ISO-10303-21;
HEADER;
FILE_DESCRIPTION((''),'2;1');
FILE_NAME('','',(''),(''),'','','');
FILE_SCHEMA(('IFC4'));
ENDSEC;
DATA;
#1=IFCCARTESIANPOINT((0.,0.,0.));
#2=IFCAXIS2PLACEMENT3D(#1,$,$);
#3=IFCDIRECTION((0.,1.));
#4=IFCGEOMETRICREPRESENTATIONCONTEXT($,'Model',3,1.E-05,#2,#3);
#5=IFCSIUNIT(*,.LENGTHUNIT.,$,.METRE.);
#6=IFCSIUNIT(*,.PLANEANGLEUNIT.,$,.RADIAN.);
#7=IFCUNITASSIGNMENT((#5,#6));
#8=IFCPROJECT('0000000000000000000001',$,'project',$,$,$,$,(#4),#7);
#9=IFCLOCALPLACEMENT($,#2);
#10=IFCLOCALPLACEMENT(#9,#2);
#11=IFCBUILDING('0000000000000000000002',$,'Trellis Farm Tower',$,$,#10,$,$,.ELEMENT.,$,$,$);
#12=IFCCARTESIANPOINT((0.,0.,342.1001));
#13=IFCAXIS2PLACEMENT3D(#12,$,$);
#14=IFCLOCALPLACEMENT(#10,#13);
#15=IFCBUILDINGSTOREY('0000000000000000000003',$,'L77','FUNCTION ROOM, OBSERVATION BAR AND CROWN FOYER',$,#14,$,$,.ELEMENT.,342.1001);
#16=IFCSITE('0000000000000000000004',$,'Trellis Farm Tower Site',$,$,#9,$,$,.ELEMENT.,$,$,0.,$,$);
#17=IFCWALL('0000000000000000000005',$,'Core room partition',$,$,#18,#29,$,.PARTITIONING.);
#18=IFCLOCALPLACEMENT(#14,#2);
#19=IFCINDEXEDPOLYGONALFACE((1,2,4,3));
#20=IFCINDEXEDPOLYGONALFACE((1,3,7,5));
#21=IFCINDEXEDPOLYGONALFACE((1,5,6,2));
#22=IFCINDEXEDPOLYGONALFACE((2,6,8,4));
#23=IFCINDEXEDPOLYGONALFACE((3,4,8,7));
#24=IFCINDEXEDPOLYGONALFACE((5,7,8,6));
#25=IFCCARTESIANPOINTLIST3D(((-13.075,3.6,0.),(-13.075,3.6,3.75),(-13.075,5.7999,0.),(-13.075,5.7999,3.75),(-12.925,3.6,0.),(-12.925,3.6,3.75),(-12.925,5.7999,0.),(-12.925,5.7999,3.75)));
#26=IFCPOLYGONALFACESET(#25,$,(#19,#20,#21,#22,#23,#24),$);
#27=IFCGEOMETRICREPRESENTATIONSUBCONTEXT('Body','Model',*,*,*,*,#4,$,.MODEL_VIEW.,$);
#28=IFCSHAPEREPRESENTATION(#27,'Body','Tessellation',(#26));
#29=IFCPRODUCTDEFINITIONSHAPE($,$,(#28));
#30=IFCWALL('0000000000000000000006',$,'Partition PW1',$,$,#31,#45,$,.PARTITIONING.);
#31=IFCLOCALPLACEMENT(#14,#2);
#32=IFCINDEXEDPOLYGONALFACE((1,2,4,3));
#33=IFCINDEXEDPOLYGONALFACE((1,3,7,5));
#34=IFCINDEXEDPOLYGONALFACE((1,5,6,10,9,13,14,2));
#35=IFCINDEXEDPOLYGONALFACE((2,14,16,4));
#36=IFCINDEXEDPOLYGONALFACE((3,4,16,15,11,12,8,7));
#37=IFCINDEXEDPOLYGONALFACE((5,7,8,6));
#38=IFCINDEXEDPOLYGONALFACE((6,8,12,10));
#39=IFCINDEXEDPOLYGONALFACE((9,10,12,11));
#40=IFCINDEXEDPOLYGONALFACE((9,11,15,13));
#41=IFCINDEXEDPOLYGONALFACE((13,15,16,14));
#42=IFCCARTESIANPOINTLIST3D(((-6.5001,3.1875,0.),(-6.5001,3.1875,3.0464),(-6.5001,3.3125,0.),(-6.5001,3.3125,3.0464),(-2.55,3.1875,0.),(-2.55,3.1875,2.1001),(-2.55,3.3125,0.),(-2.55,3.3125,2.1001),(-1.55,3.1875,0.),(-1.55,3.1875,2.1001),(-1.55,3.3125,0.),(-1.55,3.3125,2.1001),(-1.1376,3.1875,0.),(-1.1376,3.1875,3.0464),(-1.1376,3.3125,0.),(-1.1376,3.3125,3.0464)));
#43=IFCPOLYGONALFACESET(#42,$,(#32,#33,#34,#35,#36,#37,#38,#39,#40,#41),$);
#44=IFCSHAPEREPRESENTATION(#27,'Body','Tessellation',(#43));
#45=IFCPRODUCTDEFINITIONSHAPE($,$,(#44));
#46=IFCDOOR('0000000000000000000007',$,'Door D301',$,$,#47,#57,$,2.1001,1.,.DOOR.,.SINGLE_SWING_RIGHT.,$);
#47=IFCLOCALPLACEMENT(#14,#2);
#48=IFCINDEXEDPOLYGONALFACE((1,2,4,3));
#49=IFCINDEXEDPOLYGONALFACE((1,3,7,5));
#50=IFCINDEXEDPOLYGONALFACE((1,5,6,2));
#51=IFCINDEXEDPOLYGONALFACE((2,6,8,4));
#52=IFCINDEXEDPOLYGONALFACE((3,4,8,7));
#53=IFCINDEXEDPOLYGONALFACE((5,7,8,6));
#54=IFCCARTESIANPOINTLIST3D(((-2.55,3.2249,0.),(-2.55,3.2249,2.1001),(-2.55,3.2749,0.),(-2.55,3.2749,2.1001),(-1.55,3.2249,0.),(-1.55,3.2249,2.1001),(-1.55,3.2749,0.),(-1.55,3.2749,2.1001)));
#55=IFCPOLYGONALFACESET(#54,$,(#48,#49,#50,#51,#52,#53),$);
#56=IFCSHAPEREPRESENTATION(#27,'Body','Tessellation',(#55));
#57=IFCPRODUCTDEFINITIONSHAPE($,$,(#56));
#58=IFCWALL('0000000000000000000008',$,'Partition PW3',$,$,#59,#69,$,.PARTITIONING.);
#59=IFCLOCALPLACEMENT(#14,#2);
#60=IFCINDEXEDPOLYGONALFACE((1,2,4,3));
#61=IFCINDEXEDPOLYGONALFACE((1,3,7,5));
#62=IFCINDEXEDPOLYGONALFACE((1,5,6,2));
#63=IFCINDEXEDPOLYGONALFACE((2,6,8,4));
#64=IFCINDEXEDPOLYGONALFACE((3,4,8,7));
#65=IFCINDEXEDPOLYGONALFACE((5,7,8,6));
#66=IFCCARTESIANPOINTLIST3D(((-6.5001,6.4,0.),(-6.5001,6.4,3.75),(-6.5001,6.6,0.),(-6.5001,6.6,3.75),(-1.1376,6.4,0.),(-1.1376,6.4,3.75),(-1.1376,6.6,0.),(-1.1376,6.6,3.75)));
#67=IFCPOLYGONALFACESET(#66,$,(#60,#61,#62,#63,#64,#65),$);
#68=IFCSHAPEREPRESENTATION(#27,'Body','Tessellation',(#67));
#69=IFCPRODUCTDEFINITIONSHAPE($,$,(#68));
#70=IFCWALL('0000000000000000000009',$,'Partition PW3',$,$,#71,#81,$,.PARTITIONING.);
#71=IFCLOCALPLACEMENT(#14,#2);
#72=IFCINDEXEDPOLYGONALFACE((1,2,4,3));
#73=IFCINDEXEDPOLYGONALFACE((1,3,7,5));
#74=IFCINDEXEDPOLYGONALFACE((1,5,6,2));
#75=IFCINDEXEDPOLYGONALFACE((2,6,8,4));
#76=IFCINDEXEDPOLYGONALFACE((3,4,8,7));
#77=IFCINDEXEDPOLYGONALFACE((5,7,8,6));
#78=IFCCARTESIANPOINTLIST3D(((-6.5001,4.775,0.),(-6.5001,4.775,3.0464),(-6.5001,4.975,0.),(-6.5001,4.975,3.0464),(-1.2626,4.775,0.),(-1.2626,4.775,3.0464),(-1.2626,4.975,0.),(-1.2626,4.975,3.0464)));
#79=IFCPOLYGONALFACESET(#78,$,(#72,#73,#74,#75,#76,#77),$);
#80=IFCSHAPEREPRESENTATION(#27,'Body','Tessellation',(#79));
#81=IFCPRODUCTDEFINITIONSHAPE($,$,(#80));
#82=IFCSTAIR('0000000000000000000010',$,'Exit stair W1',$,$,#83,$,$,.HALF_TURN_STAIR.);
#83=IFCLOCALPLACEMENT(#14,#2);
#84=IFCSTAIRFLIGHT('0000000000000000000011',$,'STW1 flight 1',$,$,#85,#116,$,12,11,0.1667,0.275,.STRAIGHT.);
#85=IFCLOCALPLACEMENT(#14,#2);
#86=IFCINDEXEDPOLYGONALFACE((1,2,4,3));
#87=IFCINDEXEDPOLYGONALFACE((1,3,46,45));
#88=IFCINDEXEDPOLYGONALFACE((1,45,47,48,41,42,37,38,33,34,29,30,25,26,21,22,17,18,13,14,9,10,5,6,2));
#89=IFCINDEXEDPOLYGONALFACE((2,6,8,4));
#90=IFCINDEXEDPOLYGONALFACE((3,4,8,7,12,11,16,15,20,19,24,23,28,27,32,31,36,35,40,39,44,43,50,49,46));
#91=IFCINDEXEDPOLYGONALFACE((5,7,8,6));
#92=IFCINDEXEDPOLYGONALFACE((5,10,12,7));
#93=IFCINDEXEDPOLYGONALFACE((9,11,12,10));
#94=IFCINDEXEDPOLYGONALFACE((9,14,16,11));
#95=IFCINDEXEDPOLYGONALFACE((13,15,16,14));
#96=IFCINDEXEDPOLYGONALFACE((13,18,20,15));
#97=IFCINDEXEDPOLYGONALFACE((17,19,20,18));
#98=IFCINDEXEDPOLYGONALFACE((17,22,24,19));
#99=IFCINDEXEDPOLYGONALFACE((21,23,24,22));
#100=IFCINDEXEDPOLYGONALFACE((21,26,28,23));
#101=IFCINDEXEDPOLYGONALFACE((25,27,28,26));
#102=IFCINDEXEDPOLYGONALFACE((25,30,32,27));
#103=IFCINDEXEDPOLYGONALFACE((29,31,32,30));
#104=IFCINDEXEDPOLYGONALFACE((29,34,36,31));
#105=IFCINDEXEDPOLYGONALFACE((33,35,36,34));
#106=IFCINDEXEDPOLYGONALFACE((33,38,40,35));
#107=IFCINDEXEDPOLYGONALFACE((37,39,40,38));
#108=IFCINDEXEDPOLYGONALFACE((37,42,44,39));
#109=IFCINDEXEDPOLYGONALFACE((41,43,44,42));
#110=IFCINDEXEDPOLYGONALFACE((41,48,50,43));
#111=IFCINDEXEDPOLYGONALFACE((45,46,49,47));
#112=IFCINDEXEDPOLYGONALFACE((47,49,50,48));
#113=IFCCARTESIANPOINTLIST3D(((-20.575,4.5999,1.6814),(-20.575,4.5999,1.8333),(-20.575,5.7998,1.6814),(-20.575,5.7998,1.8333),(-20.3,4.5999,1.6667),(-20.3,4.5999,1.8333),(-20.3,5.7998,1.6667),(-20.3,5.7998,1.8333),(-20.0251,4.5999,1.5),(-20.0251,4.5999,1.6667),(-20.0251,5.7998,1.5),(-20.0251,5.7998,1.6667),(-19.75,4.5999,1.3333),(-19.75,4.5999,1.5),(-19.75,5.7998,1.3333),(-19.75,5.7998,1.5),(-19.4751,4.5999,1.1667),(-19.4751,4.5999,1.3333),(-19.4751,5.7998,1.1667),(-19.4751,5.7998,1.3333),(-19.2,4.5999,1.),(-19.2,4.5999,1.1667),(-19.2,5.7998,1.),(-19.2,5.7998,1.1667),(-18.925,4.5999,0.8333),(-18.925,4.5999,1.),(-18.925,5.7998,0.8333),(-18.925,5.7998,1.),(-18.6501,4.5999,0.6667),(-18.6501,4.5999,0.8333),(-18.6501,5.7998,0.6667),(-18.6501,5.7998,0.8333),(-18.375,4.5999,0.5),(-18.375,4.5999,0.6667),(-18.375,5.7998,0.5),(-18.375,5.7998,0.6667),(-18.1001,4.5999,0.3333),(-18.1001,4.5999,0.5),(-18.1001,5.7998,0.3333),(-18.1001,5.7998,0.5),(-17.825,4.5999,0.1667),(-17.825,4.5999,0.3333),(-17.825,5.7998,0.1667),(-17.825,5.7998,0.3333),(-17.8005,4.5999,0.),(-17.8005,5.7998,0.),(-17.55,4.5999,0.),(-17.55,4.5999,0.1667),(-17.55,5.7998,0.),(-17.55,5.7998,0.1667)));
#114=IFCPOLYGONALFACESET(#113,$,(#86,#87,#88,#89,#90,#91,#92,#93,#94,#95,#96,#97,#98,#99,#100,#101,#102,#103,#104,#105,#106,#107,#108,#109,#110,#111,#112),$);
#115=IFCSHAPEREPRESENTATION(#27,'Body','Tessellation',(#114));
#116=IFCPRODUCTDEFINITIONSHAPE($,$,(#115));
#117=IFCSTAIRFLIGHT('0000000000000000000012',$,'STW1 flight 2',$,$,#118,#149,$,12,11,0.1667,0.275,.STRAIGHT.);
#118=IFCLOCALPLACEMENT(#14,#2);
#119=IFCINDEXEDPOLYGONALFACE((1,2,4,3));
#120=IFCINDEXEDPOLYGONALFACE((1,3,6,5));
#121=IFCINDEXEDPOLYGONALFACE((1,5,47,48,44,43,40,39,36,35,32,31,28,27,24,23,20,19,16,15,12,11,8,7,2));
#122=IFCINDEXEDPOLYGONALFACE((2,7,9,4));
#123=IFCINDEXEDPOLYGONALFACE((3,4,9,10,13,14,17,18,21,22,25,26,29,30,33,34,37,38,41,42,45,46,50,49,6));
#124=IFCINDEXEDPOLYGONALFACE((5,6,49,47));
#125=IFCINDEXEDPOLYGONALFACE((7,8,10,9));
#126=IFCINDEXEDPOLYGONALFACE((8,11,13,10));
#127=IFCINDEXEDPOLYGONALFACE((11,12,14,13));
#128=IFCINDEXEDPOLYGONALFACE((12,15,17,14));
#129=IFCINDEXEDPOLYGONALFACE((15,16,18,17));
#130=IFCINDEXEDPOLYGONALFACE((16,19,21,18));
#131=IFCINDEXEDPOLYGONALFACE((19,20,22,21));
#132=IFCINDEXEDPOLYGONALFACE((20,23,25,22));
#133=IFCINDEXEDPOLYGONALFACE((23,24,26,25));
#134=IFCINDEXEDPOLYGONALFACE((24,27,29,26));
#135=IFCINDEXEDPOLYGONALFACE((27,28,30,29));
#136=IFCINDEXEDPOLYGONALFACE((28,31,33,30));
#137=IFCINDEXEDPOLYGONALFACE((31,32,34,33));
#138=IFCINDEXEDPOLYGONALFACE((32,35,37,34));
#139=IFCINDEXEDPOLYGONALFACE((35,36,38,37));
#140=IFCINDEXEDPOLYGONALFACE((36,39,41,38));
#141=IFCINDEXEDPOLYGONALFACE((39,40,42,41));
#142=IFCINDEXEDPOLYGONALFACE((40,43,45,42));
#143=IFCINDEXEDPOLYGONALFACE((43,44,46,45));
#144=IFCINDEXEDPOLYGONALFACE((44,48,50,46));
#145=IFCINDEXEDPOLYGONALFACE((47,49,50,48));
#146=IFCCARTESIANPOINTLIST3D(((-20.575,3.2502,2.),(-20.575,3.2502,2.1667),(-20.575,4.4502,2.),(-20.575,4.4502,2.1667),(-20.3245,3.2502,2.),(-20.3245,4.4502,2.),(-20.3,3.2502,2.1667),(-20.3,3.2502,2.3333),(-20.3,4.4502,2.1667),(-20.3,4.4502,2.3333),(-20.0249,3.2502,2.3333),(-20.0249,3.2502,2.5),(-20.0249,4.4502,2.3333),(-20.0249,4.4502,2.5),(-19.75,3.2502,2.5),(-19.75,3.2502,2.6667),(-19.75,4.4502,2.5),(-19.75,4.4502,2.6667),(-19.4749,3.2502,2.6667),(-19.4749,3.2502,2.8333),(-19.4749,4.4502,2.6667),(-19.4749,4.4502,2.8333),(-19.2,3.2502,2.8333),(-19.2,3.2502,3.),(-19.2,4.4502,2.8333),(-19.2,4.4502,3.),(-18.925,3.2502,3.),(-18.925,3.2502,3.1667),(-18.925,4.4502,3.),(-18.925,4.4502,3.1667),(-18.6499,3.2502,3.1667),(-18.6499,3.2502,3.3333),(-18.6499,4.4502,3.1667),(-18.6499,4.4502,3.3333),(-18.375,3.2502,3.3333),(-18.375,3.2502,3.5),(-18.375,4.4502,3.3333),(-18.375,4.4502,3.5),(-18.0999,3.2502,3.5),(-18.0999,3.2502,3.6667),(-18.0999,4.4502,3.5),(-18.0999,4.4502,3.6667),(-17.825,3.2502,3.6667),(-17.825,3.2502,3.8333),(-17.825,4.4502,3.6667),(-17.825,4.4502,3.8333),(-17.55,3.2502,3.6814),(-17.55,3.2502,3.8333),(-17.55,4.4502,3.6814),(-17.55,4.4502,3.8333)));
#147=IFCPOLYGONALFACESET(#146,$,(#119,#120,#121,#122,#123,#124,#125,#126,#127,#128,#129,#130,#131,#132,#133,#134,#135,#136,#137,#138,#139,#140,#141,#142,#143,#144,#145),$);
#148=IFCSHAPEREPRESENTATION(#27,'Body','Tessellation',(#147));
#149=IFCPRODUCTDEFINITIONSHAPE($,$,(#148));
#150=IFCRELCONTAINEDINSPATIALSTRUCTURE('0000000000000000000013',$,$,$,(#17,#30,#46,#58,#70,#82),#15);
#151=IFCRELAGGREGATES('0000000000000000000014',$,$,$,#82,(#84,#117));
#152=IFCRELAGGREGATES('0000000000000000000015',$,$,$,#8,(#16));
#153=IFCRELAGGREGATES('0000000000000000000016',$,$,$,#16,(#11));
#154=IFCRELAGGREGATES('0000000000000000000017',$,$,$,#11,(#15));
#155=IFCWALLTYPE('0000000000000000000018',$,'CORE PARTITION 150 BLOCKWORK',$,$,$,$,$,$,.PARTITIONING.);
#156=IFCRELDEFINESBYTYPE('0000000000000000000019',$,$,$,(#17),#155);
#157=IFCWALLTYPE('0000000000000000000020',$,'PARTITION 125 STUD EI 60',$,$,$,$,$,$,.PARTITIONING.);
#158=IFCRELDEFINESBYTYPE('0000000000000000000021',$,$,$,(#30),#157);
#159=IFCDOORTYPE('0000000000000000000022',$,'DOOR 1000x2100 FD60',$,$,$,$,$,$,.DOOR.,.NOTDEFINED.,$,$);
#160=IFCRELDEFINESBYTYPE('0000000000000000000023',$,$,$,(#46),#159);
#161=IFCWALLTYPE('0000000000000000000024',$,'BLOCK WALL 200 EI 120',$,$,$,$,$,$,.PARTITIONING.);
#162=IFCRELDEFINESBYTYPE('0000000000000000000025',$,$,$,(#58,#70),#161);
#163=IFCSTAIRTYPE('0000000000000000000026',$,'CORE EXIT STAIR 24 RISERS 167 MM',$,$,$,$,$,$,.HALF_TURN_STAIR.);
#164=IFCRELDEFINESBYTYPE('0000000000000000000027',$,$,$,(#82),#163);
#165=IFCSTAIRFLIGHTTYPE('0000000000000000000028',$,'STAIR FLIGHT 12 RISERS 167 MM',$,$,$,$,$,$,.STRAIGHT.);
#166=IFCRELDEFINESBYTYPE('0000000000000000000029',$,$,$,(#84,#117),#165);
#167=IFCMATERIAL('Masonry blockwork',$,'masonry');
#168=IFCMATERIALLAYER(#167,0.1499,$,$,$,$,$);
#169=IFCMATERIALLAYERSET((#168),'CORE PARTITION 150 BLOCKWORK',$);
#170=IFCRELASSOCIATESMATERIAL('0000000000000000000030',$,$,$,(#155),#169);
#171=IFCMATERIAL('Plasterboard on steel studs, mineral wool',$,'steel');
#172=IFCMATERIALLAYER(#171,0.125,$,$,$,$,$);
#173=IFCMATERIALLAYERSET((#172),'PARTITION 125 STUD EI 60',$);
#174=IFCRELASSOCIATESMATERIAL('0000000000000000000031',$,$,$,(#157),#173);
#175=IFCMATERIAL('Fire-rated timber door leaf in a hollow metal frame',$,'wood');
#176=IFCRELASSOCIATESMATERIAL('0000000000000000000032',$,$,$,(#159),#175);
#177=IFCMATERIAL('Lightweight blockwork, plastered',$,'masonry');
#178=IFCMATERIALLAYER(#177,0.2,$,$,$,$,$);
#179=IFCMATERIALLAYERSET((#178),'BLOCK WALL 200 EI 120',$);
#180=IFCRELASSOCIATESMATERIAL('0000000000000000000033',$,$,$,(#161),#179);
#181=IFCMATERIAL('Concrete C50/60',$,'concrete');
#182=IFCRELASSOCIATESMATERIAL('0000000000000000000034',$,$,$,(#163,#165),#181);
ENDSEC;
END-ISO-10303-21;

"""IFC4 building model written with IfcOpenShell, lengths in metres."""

from ifc_helpers import new_model, si_unit, direction, frame, frame_2d, origin, place, context, subcontext, project, spatial, polyline, rectangle, outline, extrude, source, transform, mapped, material, layer, layer_set, type_object, element, fill, aggregate, save


model = new_model("IFC4")

# Units and contexts
model_context = context("Model", 3, precision=1e-05, world=origin(), true_north=direction((0.0, 1.0)))
body_context = subcontext(model_context, "Body", "Model", "MODEL_VIEW")
ifc_project = project(units=[si_unit("LENGTHUNIT", "METRE"), si_unit("PLANEANGLEUNIT", "RADIAN")], contexts=[model_context])

# Site, building, storey
site_placement = place(None, origin())
site = spatial("IfcSite", under=ifc_project, at=site_placement, Name="Trellis Farm Tower Site", CompositionType="ELEMENT", RefElevation=0.0)
building_placement = place(site_placement, origin())
building = spatial("IfcBuilding", under=site, at=building_placement, Name="Trellis Farm Tower", CompositionType="ELEMENT")
storey_placement = place(building_placement, frame((0.0, 0.0, 342.1001)))
storey = spatial("IfcBuildingStorey", under=building, at=storey_placement, Name="L77", Description="FUNCTION ROOM, OBSERVATION BAR AND CROWN FOYER", CompositionType="ELEMENT", Elevation=342.1001)

# Shared definitions
ifc_material_1 = material(Name="Concrete C50/60", Category="concrete")

# Shared definitions
placement = place(storey_placement, origin())

# Shared definitions
shared_shape_1 = source(origin(), body_context, "Body", "SweptSolid", [
    extrude(rectangle(XDim=1.0, YDim=2.1001, at=frame_2d((0.5, 1.05))), frame((0.0, 0.0249, 0.0), z_axis=(0.0, -1.0, 0.0), x_axis=(1.0, 0.0, 0.0)), (0.0, 0.0, 1.0), 0.05),
])

# Wall
ifc_material_2 = material(Name="Masonry blockwork", Category="masonry")
ifc_layer_1 = layer(ifc_material_2, 0.1499)
ifc_layer_set_1 = layer_set([ifc_layer_1], Name="CORE PARTITION 150 BLOCKWORK")
wall_type_1 = type_object("IfcWallType", Name="CORE PARTITION 150 BLOCKWORK", PredefinedType="PARTITIONING", material=ifc_layer_set_1)
shared_shape_2 = source(origin(), body_context, "Body", "SweptSolid", [
    extrude(rectangle(XDim=2.2, YDim=0.1499, at=frame_2d((1.1001, 0.0))), origin(), (0.0, 0.0, 1.0), 3.75),
])
wall_1_placement = place(storey_placement, frame((-13.0, 5.8, 0.0), z_axis=(0.0, 0.0, 1.0), x_axis=(0.0, -1.0, 0.0)))
element("IfcWall", 1, at=wall_1_placement, inside=storey, type_object=wall_type_1, Name="Core room partition", PredefinedType="PARTITIONING", context=body_context, shape_type="MappedRepresentation", body=[
    mapped(shared_shape_2, transform((0.0, 0.0, 0.0))),
])

# Wall, opening, door
ifc_material_3 = material(Name="Plasterboard on steel studs, mineral wool", Category="steel")
ifc_layer_2 = layer(ifc_material_3, 0.125)
ifc_layer_set_2 = layer_set([ifc_layer_2], Name="PARTITION 125 STUD EI 60")
wall_type_2 = type_object("IfcWallType", Name="PARTITION 125 STUD EI 60", PredefinedType="PARTITIONING", material=ifc_layer_set_2)
shared_shape_3 = source(origin(), body_context, "Body", "SweptSolid", [
    extrude(rectangle(XDim=5.3625, YDim=0.125, at=frame_2d((2.6812, 0.0))), origin(), (0.0, 0.0, 1.0), 3.0464),
])
wall_2_placement = place(storey_placement, frame((-6.5, 3.25, 0.0), z_axis=(0.0, 0.0, 1.0), x_axis=(1.0, 0.0, 0.0)))
wall_2 = element("IfcWall", 2, at=wall_2_placement, inside=storey, type_object=wall_type_2, Name="Partition PW1", PredefinedType="PARTITIONING", context=body_context, shape_type="MappedRepresentation", body=[
    mapped(shared_shape_3, transform((0.0, 0.0, 0.0))),
])
shared_shape_4 = source(origin(), body_context, "Body", "SweptSolid", [
    extrude(rectangle(XDim=1.0, YDim=2.1001, at=frame_2d((0.5, 1.05))), frame((0.0, 0.0725, 0.0), z_axis=(0.0, -1.0, 0.0), x_axis=(1.0, 0.0, 0.0)), (0.0, 0.0, 1.0), 0.145),
])
opening_1_placement = place(wall_2_placement, frame((3.95, 0.0, 0.0)))
opening_1 = element("IfcOpeningElement", 3, at=opening_1_placement, cuts=wall_2, PredefinedType="OPENING", context=body_context, shape_type="MappedRepresentation", body=[
    mapped(shared_shape_4, transform((0.0, 0.0, 0.0))),
])
ifc_material_4 = material(Name="Fire-rated timber door leaf in a hollow metal frame", Category="wood")
door_type_1 = type_object("IfcDoorType", Name="DOOR 1000x2100 FD60", OperationType="NOTDEFINED", PredefinedType="DOOR", material=ifc_material_4)
door_1_placement = place(opening_1_placement, origin())
door_1 = element("IfcDoor", 4, at=door_1_placement, inside=storey, type_object=door_type_1, Name="Door D301", OperationType="SINGLE_SWING_RIGHT", OverallHeight=2.1001, OverallWidth=1.0, PredefinedType="DOOR", context=body_context, shape_type="MappedRepresentation", body=[
    mapped(shared_shape_1, transform((0.0, 0.0, 0.0))),
])
fill(opening_1, door_1)

# Walls
ifc_material_5 = material(Name="Lightweight blockwork, plastered", Category="masonry")
ifc_layer_3 = layer(ifc_material_5, 0.2)
ifc_layer_set_3 = layer_set([ifc_layer_3], Name="BLOCK WALL 200 EI 120")
wall_type_3 = type_object("IfcWallType", Name="BLOCK WALL 200 EI 120", PredefinedType="PARTITIONING", material=ifc_layer_set_3)
shared_shape_5 = source(origin(), body_context, "Body", "SweptSolid", [
    extrude(rectangle(XDim=5.3625, YDim=0.2, at=frame_2d((2.6812, 0.0))), origin(), (0.0, 0.0, 1.0), 3.75),
])
wall_3_placement = place(storey_placement, frame((-6.5, 6.5, 0.0), z_axis=(0.0, 0.0, 1.0), x_axis=(1.0, 0.0, 0.0)))
element("IfcWall", 5, at=wall_3_placement, inside=storey, type_object=wall_type_3, Name="Partition PW3", PredefinedType="PARTITIONING", context=body_context, shape_type="MappedRepresentation", body=[
    mapped(shared_shape_5, transform((0.0, 0.0, 0.0))),
])
shared_shape_6 = source(origin(), body_context, "Body", "SweptSolid", [
    extrude(rectangle(XDim=5.2375, YDim=0.2, at=frame_2d((2.6187, 0.0))), origin(), (0.0, 0.0, 1.0), 3.0464),
])
wall_4_placement = place(storey_placement, frame((-6.5, 4.875, 0.0), z_axis=(0.0, 0.0, 1.0), x_axis=(1.0, 0.0, 0.0)))
element("IfcWall", 6, at=wall_4_placement, inside=storey, type_object=wall_type_3, Name="Partition PW3", PredefinedType="PARTITIONING", context=body_context, shape_type="MappedRepresentation", body=[
    mapped(shared_shape_6, transform((0.0, 0.0, 0.0))),
])

# Stair, stair flights
stair_type = type_object("IfcStairType", Name="CORE EXIT STAIR 24 RISERS 167 MM", PredefinedType="HALF_TURN_STAIR", material=ifc_material_1)
stair_1 = element("IfcStair", 7, at=placement, inside=storey, type_object=stair_type, Name="Exit stair W1", PredefinedType="HALF_TURN_STAIR")
stair_flight_type = type_object("IfcStairFlightType", Name="STAIR FLIGHT 12 RISERS 167 MM", PredefinedType="STRAIGHT", material=ifc_material_1)
shared_shape_7 = source(origin(), body_context, "Body", "SweptSolid", [
    extrude(outline(polyline([(0.0, 0.0), (0.0, 0.1667), (0.2749, 0.1667), (0.2749, 0.3333), (0.55, 0.3333), (0.55, 0.5), (0.825, 0.5), (0.825, 0.6667), (1.1001, 0.6667), (1.1001, 0.8333), (1.375, 0.8333), (1.375, 1.0), (1.6499, 1.0), (1.6499, 1.1667), (1.925, 1.1667), (1.925, 1.3333), (2.2, 1.3333), (2.2, 1.5), (2.4751, 1.5), (2.4751, 1.6667), (2.75, 1.6667), (2.75, 1.8333), (3.0249, 1.8333), (3.0249, 2.0), (3.0249, 1.6814), (0.2505, 0.0), (0.0, 0.0)])), frame((0.0, 0.6001, 0.0), z_axis=(0.0, -1.0, 0.0), x_axis=(1.0, 0.0, 0.0)), (0.0, 0.0, 1.0), 1.2),
])
stair_flight_1_placement = place(storey_placement, frame((-17.55, 5.2, 0.0), z_axis=(0.0, 0.0, 1.0), x_axis=(-1.0, 0.0, 0.0)))
stair_flight_1 = element("IfcStairFlight", 8, at=stair_flight_1_placement, type_object=stair_flight_type, Name="STW1 flight 1", NumberOfRisers=12, NumberOfTreads=11, PredefinedType="STRAIGHT", RiserHeight=0.1667, TreadLength=0.275, context=body_context, shape_type="MappedRepresentation", body=[
    mapped(shared_shape_7, transform((0.0, 0.0, 0.0))),
])
stair_flight_2_placement = place(storey_placement, frame((-20.575, 3.8501, 2.0), z_axis=(0.0, 0.0, 1.0), x_axis=(1.0, 0.0, 0.0)))
stair_flight_2 = element("IfcStairFlight", 9, at=stair_flight_2_placement, type_object=stair_flight_type, Name="STW1 flight 2", NumberOfRisers=12, NumberOfTreads=11, PredefinedType="STRAIGHT", RiserHeight=0.1667, TreadLength=0.275, context=body_context, shape_type="MappedRepresentation", body=[
    mapped(shared_shape_7, transform((0.0, 0.0, 0.0))),
])
aggregate(stair_1, [stair_flight_1, stair_flight_2])

save(model, "model.ifc")
